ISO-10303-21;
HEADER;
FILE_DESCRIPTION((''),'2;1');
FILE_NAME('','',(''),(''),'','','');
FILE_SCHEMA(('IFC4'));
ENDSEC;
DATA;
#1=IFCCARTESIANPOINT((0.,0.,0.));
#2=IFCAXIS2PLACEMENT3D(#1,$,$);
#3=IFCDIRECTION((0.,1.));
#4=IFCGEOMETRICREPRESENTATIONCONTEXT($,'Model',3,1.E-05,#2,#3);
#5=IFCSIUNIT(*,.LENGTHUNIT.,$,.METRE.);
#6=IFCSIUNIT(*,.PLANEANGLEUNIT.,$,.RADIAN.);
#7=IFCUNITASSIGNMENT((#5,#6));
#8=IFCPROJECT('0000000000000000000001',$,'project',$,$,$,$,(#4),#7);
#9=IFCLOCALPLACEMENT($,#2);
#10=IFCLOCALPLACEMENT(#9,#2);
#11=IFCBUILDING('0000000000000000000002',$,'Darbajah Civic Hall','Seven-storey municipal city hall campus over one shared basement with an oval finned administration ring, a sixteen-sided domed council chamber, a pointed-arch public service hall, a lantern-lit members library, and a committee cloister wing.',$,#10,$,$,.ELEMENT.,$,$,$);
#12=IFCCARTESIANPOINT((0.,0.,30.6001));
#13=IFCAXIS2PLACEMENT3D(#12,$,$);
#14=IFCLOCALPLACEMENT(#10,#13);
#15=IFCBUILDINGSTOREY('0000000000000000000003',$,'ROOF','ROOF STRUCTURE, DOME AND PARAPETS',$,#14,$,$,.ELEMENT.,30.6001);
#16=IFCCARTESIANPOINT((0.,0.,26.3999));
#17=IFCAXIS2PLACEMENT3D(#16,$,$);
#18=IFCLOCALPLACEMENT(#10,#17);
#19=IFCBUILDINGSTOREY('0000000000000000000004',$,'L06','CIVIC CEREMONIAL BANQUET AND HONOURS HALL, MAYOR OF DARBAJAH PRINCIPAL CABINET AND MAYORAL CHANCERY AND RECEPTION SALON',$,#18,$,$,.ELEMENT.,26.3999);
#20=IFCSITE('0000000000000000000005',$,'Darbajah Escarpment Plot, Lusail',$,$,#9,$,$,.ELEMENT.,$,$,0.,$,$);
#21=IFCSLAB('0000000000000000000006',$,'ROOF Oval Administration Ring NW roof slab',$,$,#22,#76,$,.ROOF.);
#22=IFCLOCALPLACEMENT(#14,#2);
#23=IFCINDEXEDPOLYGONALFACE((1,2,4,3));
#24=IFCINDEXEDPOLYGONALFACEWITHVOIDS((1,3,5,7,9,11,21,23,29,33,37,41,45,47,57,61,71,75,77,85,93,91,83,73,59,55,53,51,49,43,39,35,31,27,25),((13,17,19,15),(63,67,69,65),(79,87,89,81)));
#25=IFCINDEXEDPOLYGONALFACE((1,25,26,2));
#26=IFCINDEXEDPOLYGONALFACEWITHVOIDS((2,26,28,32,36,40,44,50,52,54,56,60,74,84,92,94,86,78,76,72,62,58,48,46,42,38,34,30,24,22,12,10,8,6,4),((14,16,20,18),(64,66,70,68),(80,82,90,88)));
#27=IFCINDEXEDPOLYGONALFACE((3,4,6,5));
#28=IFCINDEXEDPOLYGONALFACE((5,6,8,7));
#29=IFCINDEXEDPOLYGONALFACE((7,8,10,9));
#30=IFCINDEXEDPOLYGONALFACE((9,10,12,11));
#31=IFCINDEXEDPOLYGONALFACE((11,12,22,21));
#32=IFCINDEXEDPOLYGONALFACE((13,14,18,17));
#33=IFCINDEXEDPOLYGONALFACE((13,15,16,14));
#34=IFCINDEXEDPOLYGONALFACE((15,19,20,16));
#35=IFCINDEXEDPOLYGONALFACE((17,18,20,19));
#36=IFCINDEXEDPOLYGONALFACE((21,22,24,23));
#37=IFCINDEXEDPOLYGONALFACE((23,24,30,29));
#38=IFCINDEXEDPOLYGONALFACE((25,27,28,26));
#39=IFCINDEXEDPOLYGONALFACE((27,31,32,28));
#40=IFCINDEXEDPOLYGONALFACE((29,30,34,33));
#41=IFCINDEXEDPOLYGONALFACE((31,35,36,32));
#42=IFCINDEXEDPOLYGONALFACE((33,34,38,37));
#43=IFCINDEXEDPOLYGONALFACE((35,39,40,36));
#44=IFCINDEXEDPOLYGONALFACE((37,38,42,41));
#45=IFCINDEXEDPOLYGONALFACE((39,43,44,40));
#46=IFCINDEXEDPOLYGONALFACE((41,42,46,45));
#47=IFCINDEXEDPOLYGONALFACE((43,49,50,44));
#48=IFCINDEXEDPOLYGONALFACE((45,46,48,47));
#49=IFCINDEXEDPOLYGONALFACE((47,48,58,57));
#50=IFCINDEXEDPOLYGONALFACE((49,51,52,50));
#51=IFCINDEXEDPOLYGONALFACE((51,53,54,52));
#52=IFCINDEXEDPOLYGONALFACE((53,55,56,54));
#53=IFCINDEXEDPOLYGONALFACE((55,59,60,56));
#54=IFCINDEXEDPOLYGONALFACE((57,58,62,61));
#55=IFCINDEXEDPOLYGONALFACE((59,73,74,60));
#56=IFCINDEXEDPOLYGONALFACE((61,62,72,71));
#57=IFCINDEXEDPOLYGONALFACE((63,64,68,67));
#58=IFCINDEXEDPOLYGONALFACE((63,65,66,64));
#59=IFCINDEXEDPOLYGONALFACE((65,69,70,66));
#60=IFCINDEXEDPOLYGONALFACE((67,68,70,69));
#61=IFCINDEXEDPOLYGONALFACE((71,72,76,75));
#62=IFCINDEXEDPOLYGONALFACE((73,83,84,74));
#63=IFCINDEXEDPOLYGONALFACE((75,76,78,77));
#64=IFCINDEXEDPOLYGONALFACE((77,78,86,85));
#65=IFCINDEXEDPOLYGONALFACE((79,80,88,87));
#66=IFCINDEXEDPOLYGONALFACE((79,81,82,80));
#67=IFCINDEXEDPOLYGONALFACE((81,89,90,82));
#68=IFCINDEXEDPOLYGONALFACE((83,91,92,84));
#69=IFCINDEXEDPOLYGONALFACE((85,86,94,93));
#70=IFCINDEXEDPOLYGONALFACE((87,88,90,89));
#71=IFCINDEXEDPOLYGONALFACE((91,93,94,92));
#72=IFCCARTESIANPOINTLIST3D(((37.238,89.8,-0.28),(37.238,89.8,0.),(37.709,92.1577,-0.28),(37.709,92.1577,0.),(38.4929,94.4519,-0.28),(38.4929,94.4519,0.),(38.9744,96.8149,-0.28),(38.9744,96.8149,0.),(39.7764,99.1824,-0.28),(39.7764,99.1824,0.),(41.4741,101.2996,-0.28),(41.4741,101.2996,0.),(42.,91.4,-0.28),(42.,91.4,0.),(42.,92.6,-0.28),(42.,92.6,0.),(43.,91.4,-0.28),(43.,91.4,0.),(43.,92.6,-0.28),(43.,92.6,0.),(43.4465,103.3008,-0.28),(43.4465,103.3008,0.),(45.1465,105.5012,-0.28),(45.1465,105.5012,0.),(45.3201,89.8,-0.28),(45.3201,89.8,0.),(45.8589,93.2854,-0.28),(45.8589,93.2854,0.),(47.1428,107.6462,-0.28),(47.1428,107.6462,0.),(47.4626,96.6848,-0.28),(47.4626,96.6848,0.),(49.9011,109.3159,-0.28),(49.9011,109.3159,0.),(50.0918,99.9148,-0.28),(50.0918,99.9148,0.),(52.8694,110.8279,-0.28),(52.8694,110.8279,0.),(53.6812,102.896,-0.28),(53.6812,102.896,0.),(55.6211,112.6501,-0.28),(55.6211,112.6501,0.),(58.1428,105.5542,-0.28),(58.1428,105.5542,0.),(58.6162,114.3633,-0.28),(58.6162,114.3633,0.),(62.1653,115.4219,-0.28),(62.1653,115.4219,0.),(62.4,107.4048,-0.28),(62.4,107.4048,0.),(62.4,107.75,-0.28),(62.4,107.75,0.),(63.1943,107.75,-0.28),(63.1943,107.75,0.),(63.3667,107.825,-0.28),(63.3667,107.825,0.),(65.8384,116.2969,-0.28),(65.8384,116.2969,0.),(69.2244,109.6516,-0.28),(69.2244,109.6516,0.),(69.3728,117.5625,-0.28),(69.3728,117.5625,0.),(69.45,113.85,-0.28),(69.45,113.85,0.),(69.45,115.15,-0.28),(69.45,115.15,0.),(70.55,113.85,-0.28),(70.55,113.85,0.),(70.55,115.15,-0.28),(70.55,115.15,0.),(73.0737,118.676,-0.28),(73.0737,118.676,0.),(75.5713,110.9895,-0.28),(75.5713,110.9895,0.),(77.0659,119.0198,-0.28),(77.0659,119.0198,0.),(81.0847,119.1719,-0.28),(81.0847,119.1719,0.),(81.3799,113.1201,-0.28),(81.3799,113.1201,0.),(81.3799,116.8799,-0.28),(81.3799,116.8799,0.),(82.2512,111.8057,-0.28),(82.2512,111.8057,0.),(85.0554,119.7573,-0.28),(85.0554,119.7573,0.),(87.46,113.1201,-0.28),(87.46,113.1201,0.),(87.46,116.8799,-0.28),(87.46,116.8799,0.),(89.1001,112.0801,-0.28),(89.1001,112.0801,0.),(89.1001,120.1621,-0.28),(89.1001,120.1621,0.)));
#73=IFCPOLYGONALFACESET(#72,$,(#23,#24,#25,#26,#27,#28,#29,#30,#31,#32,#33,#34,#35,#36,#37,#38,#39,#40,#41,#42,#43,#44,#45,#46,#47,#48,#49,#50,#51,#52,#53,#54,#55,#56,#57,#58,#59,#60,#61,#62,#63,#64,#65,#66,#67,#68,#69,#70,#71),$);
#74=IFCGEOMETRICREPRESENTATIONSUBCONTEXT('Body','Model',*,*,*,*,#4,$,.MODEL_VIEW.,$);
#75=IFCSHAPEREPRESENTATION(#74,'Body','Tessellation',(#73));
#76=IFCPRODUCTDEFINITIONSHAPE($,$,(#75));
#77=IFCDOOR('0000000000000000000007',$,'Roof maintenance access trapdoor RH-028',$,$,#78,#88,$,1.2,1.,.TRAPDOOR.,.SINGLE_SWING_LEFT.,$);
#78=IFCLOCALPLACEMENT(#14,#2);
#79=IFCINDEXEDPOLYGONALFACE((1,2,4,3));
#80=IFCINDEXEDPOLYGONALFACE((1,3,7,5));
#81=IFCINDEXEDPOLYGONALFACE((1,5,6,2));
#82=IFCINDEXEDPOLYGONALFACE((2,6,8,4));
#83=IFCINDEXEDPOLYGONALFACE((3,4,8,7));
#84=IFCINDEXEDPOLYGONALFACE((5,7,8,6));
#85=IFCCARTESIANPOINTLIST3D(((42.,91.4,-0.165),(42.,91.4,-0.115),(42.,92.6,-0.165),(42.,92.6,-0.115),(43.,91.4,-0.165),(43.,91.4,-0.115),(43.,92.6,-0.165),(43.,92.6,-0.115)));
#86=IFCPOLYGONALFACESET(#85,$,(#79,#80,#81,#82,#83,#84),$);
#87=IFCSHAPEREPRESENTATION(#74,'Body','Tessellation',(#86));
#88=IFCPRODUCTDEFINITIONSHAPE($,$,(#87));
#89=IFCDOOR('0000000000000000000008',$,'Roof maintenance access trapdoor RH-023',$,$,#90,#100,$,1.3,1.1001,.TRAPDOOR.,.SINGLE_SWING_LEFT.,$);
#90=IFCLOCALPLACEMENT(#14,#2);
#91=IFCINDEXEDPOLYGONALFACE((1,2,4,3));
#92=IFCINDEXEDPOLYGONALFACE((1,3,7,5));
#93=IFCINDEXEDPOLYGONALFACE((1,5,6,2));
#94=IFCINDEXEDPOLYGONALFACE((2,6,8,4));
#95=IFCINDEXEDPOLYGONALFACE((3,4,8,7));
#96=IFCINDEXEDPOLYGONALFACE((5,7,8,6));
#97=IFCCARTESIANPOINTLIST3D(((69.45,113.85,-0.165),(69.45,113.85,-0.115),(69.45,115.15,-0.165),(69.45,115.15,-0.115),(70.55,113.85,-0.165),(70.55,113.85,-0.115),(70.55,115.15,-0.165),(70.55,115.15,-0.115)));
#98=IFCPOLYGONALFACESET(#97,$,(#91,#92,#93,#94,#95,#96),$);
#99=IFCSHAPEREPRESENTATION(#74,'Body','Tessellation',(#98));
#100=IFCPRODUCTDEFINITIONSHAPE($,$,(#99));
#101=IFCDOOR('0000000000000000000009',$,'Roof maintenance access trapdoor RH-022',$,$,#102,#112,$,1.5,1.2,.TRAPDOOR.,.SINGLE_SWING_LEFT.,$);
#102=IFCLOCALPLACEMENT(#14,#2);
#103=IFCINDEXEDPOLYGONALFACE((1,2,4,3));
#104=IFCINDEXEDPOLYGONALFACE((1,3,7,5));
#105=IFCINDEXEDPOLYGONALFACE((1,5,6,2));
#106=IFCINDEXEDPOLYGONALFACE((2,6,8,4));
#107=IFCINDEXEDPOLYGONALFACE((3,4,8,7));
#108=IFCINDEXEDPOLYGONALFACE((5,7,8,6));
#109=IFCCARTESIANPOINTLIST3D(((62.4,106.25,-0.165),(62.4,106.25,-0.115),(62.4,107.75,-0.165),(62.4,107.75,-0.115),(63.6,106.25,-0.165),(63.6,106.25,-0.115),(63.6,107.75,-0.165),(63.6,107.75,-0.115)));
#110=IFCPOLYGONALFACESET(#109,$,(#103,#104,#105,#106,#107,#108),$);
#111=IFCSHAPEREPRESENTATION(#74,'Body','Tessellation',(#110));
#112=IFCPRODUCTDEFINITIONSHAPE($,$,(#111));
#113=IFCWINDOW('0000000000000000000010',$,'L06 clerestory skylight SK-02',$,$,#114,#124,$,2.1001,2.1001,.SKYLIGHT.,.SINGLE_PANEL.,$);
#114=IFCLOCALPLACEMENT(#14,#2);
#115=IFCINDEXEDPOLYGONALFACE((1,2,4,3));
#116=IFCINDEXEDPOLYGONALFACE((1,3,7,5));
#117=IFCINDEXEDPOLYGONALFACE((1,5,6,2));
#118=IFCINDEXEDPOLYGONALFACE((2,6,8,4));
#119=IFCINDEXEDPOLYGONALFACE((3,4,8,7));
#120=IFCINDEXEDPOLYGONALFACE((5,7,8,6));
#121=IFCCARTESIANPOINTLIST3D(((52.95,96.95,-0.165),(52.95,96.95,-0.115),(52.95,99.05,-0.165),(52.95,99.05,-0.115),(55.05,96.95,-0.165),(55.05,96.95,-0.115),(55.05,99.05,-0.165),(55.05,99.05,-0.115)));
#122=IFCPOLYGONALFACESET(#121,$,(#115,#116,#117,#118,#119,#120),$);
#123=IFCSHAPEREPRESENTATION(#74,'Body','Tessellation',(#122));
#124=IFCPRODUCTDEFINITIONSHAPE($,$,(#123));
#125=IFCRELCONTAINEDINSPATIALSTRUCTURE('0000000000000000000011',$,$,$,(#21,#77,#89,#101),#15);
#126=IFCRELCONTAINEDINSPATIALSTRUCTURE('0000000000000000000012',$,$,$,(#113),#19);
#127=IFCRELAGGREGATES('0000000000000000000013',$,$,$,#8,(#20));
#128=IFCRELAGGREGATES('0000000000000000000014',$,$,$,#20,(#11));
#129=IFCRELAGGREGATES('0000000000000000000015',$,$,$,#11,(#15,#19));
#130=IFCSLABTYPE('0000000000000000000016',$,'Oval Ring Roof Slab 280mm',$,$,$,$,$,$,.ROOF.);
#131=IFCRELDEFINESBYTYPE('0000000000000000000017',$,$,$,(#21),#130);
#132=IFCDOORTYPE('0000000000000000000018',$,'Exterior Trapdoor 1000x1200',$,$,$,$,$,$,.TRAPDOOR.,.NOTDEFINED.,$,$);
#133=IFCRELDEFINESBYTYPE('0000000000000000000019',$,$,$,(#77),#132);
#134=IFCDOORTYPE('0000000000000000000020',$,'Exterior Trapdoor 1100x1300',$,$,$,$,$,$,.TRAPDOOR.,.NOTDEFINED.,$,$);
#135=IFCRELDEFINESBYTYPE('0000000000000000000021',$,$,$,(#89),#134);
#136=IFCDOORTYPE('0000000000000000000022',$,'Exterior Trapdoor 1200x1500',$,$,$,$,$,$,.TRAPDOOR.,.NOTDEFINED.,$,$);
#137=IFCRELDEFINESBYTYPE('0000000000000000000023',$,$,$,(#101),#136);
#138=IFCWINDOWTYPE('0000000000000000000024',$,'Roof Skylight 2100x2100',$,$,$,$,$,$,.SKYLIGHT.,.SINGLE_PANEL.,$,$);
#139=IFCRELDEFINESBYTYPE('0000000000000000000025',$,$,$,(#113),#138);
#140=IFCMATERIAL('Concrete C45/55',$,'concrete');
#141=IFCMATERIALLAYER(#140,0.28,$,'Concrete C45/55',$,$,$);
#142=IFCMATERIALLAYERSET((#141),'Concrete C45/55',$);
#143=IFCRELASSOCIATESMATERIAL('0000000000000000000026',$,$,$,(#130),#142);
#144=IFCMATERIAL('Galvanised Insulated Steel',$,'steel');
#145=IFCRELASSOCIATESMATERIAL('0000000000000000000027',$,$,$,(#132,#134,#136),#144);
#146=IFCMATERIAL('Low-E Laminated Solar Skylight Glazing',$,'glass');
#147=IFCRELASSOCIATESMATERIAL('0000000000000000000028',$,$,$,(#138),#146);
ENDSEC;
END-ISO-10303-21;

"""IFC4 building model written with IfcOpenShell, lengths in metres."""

from ifc_helpers import new_model, si_unit, direction, frame, origin, origin_2d, place, context, subcontext, project, spatial, polyline, rectangle, outline, extrude, material, layer, layer_set, type_object, element, fill, save


model = new_model("IFC4")

# Units and contexts
model_context = context("Model", 3, precision=1e-05, world=origin(), true_north=direction((0.0, 1.0)))
body_context = subcontext(model_context, "Body", "Model", "MODEL_VIEW")
ifc_project = project(units=[si_unit("LENGTHUNIT", "METRE"), si_unit("PLANEANGLEUNIT", "RADIAN")], contexts=[model_context])

# Site, building, storey
site_placement = place(None, origin())
site = spatial("IfcSite", under=ifc_project, at=site_placement, Name="Darbajah Escarpment Plot, Lusail", CompositionType="ELEMENT", RefElevation=0.0)
building_placement = place(site_placement, origin())
building = spatial("IfcBuilding", under=site, at=building_placement, Name="Darbajah Civic Hall", Description="Seven-storey municipal city hall campus over one shared basement with an oval finned administration ring, a sixteen-sided domed council chamber, a pointed-arch public service hall, a lantern-lit members library, and a committee cloister wing.", CompositionType="ELEMENT")
storey_1_placement = place(building_placement, frame((0.0, 0.0, 30.6001)))
storey_1 = spatial("IfcBuildingStorey", under=building, at=storey_1_placement, Name="ROOF", Description="ROOF STRUCTURE, DOME AND PARAPETS", CompositionType="ELEMENT", Elevation=30.6001)

# Slab, openings, doors
ifc_material_1 = material(Name="Concrete C45/55", Category="concrete")
ifc_layer_1 = layer(ifc_material_1, 0.28, Name="Concrete C45/55")
ifc_layer_set_1 = layer_set([ifc_layer_1], Name="Concrete C45/55")
slab_type = type_object("IfcSlabType", Name="Oval Ring Roof Slab 280mm", PredefinedType="ROOF", material=ifc_layer_set_1)
slab_1_placement = place(storey_1_placement, frame((0.0, 0.0, -0.28)))
slab_1 = element("IfcSlab", 1, at=slab_1_placement, inside=storey_1, type_object=slab_type, Name="ROOF Oval Administration Ring NW roof slab", PredefinedType="ROOF", context=body_context, shape_type="SweptSolid", body=[
    extrude(outline(polyline([(89.1001, 120.1621), (85.0554, 119.7573), (81.0847, 119.1719), (77.0659, 119.0198), (73.0737, 118.676), (69.3728, 117.5625), (65.8384, 116.2969), (62.1653, 115.4219), (58.6162, 114.3633), (55.6211, 112.6501), (52.8694, 110.8279), (49.9011, 109.3159), (47.1428, 107.6462), (45.1465, 105.5012), (43.4465, 103.3008), (41.4741, 101.2996), (39.7764, 99.1824), (38.9744, 96.8149), (38.4929, 94.4519), (37.709, 92.1577), (37.238, 89.8), (45.3201, 89.8), (45.8589, 93.2854), (47.4626, 96.6848), (50.0918, 99.9148), (53.6812, 102.896), (58.1428, 105.5542), (63.3667, 107.825), (69.2244, 109.6516), (75.5713, 110.9895), (82.2512, 111.8057), (89.1001, 112.0801), (89.1001, 120.1621)]), holes=[polyline([(81.3799, 116.8799), (87.46, 116.8799), (87.46, 113.1201), (81.3799, 113.1201), (81.3799, 116.8799)])]), origin(), (0.0, 0.0, 1.0), 0.28),
])
opening_1_placement = place(slab_1_placement, frame((63.0, 107.0, 0.0)))
opening_1 = element("IfcOpeningElement", 2, at=opening_1_placement, cuts=slab_1, PredefinedType="OPENING", context=body_context, shape_type="SweptSolid", body=[
    extrude(rectangle(XDim=1.2, YDim=1.5, at=origin_2d()), frame((0.0, 0.0, -0.01)), (0.0, 0.0, 1.0), 0.3),
])
opening_2_placement = place(slab_1_placement, frame((70.0, 114.5, 0.0)))
opening_2 = element("IfcOpeningElement", 3, at=opening_2_placement, cuts=slab_1, PredefinedType="OPENING", context=body_context, shape_type="SweptSolid", body=[
    extrude(rectangle(XDim=1.1001, YDim=1.3, at=origin_2d()), frame((0.0, 0.0, -0.01)), (0.0, 0.0, 1.0), 0.3),
])
opening_3_placement = place(slab_1_placement, frame((42.5, 92.0, 0.0)))
opening_3 = element("IfcOpeningElement", 4, at=opening_3_placement, cuts=slab_1, PredefinedType="OPENING", context=body_context, shape_type="SweptSolid", body=[
    extrude(rectangle(XDim=1.0, YDim=1.2, at=origin_2d()), frame((0.0, 0.0, -0.01)), (0.0, 0.0, 1.0), 0.3),
])
opening_4_placement = place(slab_1_placement, frame((54.0, 98.0, 0.0)))
opening_4 = element("IfcOpeningElement", 5, at=opening_4_placement, cuts=slab_1, PredefinedType="OPENING", context=body_context, shape_type="SweptSolid", body=[
    extrude(rectangle(XDim=2.1001, YDim=2.1001, at=origin_2d()), frame((0.0, 0.0, -0.01)), (0.0, 0.0, 1.0), 0.3),
])
ifc_material_2 = material(Name="Galvanised Insulated Steel", Category="steel")
door_type_1 = type_object("IfcDoorType", Name="Exterior Trapdoor 1000x1200", OperationType="NOTDEFINED", PredefinedType="TRAPDOOR", material=ifc_material_2)
door_1_placement = place(opening_3_placement, frame((0.0, 0.0, 0.115)))
door_1 = element("IfcDoor", 6, at=door_1_placement, inside=storey_1, type_object=door_type_1, Name="Roof maintenance access trapdoor RH-028", OperationType="SINGLE_SWING_LEFT", OverallHeight=1.2, OverallWidth=1.0, PredefinedType="TRAPDOOR", context=body_context, shape_type="SweptSolid", body=[
    extrude(rectangle(XDim=1.0, YDim=1.2, at=origin_2d()), origin(), (0.0, 0.0, 1.0), 0.05),
])
fill(opening_3, door_1)
door_type_2 = type_object("IfcDoorType", Name="Exterior Trapdoor 1100x1300", OperationType="NOTDEFINED", PredefinedType="TRAPDOOR", material=ifc_material_2)
door_2_placement = place(opening_2_placement, frame((0.0, 0.0, 0.115)))
door_2 = element("IfcDoor", 7, at=door_2_placement, inside=storey_1, type_object=door_type_2, Name="Roof maintenance access trapdoor RH-023", OperationType="SINGLE_SWING_LEFT", OverallHeight=1.3, OverallWidth=1.1001, PredefinedType="TRAPDOOR", context=body_context, shape_type="SweptSolid", body=[
    extrude(rectangle(XDim=1.1001, YDim=1.3, at=origin_2d()), origin(), (0.0, 0.0, 1.0), 0.05),
])
fill(opening_2, door_2)
door_type_3 = type_object("IfcDoorType", Name="Exterior Trapdoor 1200x1500", OperationType="NOTDEFINED", PredefinedType="TRAPDOOR", material=ifc_material_2)
door_3_placement = place(opening_1_placement, frame((0.0, 0.0, 0.115)))
door_3 = element("IfcDoor", 8, at=door_3_placement, inside=storey_1, type_object=door_type_3, Name="Roof maintenance access trapdoor RH-022", OperationType="SINGLE_SWING_LEFT", OverallHeight=1.5, OverallWidth=1.2, PredefinedType="TRAPDOOR", context=body_context, shape_type="SweptSolid", body=[
    extrude(rectangle(XDim=1.2, YDim=1.5, at=origin_2d()), origin(), (0.0, 0.0, 1.0), 0.05),
])
fill(opening_1, door_3)

# Shared definitions
storey_2_placement = place(building_placement, frame((0.0, 0.0, 26.3999)))
storey_2 = spatial("IfcBuildingStorey", under=building, at=storey_2_placement, Name="L06", Description="CIVIC CEREMONIAL BANQUET AND HONOURS HALL, MAYOR OF DARBAJAH PRINCIPAL CABINET AND MAYORAL CHANCERY AND RECEPTION SALON", CompositionType="ELEMENT", Elevation=26.3999)

# Window
ifc_material_3 = material(Name="Low-E Laminated Solar Skylight Glazing", Category="glass")
window_type_1 = type_object("IfcWindowType", Name="Roof Skylight 2100x2100", PartitioningType="SINGLE_PANEL", PredefinedType="SKYLIGHT", material=ifc_material_3)
window_1_placement = place(opening_4_placement, frame((0.0, 0.0, 0.115)))
window_1 = element("IfcWindow", 9, at=window_1_placement, inside=storey_2, type_object=window_type_1, Name="L06 clerestory skylight SK-02", OverallHeight=2.1001, OverallWidth=2.1001, PartitioningType="SINGLE_PANEL", PredefinedType="SKYLIGHT", context=body_context, shape_type="SweptSolid", body=[
    extrude(rectangle(XDim=2.1001, YDim=2.1001, at=origin_2d()), origin(), (0.0, 0.0, 1.0), 0.05),
])
fill(opening_4, window_1)

save(model, "model.ifc")
